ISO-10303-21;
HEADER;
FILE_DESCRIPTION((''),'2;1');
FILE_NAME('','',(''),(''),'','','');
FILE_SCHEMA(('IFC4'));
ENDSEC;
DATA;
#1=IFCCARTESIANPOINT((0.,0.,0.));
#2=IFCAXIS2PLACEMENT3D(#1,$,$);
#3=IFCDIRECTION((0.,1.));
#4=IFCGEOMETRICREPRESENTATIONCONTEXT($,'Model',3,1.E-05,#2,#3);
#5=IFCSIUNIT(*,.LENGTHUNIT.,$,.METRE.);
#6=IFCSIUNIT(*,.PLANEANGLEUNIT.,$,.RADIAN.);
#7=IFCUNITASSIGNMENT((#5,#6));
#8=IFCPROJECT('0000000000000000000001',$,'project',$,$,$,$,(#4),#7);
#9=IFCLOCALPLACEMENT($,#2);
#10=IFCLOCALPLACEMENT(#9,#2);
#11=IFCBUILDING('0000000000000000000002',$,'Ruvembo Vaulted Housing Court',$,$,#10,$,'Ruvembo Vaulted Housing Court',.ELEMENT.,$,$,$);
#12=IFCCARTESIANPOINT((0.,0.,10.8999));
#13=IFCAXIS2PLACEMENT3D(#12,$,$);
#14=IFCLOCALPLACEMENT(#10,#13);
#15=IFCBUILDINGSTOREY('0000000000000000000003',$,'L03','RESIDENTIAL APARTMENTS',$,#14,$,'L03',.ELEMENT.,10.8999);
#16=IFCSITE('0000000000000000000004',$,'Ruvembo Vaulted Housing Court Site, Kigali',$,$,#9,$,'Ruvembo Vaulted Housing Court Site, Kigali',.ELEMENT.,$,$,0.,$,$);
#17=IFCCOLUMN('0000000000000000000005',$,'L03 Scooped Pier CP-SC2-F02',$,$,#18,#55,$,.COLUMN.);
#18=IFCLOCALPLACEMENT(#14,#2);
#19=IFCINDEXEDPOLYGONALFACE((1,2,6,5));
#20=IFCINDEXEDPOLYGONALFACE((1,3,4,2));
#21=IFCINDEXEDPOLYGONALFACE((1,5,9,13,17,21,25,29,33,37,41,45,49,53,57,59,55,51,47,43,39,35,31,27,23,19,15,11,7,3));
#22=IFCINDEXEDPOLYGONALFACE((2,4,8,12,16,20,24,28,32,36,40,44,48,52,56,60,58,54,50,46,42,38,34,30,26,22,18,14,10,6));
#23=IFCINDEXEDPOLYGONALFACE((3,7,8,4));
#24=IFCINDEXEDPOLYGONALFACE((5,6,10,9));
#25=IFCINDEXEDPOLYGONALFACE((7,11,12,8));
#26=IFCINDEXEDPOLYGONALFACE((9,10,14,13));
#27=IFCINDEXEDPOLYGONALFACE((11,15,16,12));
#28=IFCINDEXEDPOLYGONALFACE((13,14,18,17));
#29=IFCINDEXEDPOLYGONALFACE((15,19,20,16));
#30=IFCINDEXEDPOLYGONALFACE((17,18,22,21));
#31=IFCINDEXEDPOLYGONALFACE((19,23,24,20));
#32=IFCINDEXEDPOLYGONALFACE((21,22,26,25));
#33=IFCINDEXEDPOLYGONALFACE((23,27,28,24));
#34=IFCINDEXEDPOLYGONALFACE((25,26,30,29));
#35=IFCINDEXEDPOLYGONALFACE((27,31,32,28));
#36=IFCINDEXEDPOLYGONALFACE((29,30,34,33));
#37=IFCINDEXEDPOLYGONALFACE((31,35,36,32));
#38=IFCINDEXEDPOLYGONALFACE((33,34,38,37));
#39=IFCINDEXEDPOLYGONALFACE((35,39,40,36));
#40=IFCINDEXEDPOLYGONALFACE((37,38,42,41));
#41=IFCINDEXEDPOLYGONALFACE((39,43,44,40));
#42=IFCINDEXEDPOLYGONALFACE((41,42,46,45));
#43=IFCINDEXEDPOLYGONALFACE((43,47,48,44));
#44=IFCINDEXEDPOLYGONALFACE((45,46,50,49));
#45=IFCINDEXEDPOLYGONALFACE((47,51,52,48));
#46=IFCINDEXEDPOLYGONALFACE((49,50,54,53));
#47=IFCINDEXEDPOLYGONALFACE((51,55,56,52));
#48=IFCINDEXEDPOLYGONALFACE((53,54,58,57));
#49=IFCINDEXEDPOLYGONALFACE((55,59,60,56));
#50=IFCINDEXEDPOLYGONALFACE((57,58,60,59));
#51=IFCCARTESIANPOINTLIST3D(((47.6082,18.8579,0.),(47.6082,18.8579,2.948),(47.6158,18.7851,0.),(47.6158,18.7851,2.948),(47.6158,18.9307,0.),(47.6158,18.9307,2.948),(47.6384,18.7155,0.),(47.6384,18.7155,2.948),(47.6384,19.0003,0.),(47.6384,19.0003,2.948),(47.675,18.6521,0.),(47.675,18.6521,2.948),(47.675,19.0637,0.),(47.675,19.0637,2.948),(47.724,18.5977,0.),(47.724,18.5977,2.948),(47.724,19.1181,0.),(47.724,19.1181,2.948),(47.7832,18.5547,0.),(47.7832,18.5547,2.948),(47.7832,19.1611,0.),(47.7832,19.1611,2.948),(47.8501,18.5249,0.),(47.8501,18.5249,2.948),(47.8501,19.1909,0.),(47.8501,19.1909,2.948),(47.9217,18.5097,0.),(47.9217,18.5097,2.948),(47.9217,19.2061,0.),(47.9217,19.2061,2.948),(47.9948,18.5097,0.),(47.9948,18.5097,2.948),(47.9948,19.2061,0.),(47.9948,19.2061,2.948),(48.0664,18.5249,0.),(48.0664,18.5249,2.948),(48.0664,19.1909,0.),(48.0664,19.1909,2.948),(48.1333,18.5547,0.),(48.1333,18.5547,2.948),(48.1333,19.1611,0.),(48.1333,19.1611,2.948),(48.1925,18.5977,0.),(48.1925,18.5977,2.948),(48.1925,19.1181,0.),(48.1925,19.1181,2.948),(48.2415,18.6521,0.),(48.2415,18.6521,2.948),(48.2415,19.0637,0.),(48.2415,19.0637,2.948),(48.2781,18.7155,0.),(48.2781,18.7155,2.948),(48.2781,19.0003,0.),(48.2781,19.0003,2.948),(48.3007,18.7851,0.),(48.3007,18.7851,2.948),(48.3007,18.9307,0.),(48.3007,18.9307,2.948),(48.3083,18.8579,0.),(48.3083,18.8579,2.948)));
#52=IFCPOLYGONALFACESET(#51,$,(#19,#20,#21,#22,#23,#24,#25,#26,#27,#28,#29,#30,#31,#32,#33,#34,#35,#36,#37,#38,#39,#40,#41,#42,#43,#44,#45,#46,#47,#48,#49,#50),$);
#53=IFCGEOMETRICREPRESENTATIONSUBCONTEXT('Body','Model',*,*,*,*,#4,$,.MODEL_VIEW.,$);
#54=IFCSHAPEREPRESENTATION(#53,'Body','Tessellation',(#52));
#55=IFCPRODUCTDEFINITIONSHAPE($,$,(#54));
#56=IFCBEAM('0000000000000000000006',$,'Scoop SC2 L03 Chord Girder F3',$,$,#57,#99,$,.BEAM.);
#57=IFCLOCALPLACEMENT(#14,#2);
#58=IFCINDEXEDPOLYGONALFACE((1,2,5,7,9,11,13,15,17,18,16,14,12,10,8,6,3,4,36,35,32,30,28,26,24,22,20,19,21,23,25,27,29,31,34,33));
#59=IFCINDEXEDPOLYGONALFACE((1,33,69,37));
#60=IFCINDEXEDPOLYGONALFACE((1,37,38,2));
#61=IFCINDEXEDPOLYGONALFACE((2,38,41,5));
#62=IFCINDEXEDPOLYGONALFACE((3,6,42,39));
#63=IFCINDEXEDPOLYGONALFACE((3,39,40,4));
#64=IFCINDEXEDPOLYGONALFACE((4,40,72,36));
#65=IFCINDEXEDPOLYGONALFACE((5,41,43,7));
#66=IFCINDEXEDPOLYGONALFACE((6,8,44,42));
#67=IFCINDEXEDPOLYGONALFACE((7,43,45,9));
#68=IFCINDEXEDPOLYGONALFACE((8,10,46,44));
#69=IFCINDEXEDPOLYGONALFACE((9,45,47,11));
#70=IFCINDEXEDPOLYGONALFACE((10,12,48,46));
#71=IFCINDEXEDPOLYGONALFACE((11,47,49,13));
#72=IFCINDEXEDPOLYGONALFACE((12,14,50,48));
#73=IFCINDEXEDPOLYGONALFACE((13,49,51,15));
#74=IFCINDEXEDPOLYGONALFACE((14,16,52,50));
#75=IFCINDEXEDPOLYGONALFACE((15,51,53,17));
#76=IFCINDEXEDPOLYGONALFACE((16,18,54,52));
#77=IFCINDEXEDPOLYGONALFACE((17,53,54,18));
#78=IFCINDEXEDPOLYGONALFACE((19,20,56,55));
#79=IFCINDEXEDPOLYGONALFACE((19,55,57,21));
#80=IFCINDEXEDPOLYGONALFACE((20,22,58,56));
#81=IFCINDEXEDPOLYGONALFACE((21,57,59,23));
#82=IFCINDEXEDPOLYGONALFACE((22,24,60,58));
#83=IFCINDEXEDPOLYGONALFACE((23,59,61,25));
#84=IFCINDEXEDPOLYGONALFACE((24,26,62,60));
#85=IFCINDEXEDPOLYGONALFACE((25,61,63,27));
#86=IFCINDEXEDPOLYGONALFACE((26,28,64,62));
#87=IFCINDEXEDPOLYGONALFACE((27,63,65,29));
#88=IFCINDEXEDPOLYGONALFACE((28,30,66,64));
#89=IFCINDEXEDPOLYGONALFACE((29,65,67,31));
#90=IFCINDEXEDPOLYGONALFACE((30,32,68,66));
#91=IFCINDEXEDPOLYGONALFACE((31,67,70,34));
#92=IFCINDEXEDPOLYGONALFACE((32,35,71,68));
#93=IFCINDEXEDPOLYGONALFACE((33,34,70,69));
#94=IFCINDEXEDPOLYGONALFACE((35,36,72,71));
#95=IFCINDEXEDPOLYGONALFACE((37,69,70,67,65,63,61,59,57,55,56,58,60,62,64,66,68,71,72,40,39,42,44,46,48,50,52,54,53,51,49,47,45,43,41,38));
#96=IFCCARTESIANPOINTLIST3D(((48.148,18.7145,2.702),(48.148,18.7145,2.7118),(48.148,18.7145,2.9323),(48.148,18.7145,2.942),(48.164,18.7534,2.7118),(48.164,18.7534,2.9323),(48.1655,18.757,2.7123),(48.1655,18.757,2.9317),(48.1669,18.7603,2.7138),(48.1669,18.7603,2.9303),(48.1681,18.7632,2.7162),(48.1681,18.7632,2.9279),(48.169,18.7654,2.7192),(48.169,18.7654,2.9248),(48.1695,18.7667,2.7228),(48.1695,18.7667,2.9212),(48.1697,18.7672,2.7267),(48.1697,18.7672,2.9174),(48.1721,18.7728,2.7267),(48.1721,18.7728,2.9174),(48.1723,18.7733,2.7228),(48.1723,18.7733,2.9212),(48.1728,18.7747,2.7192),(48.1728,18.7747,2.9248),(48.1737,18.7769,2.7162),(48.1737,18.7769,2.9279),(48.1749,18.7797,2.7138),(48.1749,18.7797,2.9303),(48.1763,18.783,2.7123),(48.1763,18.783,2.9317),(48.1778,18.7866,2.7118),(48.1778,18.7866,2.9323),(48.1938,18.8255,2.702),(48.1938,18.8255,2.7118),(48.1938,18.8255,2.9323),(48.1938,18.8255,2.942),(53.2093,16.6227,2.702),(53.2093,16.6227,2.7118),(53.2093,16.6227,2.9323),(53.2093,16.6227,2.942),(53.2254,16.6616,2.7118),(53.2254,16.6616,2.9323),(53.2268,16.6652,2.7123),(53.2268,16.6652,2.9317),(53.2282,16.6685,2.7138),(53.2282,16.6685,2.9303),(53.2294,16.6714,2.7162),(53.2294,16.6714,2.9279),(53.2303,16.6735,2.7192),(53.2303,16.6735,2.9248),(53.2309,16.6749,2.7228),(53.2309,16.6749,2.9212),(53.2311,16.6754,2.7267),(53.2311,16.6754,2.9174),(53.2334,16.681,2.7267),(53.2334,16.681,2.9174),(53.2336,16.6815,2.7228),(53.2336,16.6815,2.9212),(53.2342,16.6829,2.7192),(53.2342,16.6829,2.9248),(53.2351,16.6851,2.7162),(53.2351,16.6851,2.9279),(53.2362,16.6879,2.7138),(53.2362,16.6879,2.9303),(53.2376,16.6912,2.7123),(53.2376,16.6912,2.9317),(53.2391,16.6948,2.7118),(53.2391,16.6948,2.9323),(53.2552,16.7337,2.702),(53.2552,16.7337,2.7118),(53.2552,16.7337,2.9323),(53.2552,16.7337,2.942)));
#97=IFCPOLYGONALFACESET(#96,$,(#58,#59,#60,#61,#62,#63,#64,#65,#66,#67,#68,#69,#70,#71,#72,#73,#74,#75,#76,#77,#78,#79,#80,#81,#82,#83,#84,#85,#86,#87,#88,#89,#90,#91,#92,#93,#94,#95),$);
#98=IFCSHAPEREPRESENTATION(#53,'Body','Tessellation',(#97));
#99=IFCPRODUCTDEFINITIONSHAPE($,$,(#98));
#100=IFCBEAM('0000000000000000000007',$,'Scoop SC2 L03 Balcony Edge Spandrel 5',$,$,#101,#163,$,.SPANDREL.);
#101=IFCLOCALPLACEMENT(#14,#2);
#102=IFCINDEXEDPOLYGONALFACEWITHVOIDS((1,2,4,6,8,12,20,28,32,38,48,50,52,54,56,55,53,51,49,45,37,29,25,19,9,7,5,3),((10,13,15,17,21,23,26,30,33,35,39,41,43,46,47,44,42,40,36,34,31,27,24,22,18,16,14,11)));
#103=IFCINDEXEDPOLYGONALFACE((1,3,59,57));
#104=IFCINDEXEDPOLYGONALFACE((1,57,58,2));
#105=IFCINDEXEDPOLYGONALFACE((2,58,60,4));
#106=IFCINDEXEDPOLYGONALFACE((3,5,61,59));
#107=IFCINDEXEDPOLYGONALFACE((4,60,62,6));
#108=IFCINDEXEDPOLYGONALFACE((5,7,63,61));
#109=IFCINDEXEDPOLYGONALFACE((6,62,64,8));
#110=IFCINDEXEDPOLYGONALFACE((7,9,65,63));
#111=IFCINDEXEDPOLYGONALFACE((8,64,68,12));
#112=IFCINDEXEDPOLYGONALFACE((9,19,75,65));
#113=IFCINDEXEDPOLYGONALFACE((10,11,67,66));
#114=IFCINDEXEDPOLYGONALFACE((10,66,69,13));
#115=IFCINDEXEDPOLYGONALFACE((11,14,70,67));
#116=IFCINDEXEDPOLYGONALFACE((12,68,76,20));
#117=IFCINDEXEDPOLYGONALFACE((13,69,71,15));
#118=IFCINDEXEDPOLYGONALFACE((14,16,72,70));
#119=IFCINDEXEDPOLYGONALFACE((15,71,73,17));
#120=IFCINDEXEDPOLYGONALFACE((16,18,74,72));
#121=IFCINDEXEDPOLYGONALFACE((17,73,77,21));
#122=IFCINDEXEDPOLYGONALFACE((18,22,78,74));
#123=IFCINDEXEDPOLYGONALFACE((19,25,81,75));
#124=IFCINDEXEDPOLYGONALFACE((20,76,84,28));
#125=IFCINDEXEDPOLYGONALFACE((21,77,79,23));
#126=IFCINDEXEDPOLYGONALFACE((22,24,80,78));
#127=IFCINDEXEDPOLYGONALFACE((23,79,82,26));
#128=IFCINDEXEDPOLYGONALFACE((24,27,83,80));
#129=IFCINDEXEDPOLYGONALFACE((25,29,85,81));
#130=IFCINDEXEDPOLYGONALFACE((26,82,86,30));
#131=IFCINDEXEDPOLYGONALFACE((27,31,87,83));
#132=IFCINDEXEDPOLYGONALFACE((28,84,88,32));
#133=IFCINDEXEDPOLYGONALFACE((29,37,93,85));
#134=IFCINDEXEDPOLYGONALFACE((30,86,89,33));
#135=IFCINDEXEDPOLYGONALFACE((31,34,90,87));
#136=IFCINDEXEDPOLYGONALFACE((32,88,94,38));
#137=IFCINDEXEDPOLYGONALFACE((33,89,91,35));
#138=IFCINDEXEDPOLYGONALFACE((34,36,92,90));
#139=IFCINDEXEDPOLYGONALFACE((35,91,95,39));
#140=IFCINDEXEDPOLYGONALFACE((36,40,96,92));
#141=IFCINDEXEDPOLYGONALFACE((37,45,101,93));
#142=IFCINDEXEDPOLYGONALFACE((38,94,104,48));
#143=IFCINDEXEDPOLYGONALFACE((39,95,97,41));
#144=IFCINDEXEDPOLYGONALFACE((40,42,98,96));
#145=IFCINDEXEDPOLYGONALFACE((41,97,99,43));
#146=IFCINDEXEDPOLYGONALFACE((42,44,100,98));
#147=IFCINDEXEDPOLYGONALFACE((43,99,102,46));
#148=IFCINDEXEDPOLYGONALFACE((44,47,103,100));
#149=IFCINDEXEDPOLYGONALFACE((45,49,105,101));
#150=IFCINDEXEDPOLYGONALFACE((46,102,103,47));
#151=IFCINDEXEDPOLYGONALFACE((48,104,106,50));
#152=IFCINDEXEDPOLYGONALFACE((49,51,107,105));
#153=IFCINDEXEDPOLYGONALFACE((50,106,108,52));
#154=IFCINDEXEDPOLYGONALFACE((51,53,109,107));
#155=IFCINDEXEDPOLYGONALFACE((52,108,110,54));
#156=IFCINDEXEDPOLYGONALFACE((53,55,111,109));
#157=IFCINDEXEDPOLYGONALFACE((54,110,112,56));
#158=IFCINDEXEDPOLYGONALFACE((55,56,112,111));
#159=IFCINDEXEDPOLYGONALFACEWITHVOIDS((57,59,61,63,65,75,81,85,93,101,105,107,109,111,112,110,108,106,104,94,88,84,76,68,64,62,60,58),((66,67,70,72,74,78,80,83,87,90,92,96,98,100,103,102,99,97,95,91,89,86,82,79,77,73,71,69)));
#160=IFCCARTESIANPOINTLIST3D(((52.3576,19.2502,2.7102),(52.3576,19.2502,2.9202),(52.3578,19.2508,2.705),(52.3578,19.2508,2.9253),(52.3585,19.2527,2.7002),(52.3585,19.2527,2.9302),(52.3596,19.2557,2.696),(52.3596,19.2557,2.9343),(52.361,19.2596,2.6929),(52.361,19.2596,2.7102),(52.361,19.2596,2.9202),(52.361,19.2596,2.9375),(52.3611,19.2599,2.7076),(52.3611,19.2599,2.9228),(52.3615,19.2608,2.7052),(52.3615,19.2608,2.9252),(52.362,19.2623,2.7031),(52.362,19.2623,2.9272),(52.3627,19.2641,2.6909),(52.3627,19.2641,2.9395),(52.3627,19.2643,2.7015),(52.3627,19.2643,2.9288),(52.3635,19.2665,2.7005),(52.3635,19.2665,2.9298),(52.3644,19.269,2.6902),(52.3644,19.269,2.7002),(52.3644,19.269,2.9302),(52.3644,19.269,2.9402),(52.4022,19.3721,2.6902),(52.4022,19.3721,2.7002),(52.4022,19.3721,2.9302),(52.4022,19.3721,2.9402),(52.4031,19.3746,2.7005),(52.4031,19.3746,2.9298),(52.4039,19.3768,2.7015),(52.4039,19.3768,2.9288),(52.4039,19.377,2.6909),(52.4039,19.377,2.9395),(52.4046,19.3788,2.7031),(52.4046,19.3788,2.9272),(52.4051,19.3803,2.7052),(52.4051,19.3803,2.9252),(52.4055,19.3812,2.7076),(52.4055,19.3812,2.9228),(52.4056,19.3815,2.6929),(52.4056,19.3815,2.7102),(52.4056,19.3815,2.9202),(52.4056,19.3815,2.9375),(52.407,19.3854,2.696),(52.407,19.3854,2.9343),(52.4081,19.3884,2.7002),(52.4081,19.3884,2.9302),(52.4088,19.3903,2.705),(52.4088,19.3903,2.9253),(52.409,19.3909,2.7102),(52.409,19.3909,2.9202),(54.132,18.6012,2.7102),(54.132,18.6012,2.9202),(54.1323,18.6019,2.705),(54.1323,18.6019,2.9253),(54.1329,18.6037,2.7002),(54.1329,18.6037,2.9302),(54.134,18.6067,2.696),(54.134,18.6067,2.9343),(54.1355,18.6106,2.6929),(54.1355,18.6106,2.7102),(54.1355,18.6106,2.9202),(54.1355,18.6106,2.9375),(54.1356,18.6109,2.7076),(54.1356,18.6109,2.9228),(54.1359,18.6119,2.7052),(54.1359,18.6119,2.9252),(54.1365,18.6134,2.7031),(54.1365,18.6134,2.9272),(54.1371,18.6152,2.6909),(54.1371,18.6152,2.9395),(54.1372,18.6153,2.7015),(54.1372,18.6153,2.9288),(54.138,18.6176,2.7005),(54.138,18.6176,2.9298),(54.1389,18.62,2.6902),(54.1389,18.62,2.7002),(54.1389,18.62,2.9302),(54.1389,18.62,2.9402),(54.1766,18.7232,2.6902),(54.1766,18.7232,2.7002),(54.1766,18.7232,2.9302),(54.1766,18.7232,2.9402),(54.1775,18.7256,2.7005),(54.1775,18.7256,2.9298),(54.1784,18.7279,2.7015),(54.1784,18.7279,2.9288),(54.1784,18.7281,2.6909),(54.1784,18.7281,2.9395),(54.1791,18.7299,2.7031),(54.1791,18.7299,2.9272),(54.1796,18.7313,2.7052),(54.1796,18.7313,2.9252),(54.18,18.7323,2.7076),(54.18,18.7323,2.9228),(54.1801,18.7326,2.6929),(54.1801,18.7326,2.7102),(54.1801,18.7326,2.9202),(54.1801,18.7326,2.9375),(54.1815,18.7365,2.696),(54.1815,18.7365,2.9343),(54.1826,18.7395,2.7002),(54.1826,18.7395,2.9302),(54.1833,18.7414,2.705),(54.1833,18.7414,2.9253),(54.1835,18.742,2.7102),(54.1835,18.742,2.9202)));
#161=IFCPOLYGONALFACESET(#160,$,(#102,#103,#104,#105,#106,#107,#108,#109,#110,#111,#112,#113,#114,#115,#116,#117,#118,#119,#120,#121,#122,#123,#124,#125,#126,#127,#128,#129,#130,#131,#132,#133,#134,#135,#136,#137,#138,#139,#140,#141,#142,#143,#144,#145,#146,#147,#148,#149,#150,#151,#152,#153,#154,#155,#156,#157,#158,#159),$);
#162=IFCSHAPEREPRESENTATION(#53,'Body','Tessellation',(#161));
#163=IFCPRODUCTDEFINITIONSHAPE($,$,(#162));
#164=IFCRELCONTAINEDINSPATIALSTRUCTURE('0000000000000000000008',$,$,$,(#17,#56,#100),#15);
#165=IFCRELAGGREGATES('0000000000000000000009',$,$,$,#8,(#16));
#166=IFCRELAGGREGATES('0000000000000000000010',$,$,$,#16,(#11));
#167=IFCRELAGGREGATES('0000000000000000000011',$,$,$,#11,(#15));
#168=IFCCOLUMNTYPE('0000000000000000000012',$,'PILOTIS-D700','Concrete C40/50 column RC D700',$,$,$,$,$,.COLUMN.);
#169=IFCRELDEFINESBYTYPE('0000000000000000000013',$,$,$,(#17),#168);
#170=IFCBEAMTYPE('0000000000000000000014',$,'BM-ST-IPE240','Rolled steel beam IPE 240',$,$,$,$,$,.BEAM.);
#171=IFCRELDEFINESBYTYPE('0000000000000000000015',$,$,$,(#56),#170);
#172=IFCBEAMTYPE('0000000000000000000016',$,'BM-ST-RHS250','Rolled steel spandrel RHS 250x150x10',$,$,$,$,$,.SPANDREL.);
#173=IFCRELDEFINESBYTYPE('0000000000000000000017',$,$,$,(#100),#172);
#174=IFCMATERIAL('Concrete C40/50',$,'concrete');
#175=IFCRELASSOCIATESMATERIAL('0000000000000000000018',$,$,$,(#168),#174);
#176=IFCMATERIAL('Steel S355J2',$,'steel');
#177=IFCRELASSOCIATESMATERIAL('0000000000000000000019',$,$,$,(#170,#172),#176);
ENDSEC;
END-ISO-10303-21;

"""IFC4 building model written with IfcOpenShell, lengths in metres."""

from ifc_helpers import new_model, si_unit, direction, frame, origin, origin_2d, place, context, subcontext, project, spatial, hollow_rectangle, circle, i_section, extrude, material, material_profile, profile_set, type_object, element, save


model = new_model("IFC4")

# Units and contexts
model_context = context("Model", 3, precision=1e-05, world=origin(), true_north=direction((0.0, 1.0)))
body_context = subcontext(model_context, "Body", "Model", "MODEL_VIEW")
ifc_project = project(units=[si_unit("LENGTHUNIT", "METRE"), si_unit("PLANEANGLEUNIT", "RADIAN")], contexts=[model_context])

# Site, building, storey
site_placement = place(None, origin())
site = spatial("IfcSite", under=ifc_project, at=site_placement, Name="Ruvembo Vaulted Housing Court Site, Kigali", LongName="Ruvembo Vaulted Housing Court Site, Kigali", CompositionType="ELEMENT", RefElevation=0.0)
building_placement = place(site_placement, origin())
building = spatial("IfcBuilding", under=site, at=building_placement, Name="Ruvembo Vaulted Housing Court", LongName="Ruvembo Vaulted Housing Court", CompositionType="ELEMENT")
storey_placement = place(building_placement, frame((0.0, 0.0, 10.8999)))
storey = spatial("IfcBuildingStorey", under=building, at=storey_placement, Name="L03", Description="RESIDENTIAL APARTMENTS", LongName="L03", CompositionType="ELEMENT", Elevation=10.8999)

# Column
ifc_material_1 = material(Name="Concrete C40/50", Category="concrete")
ifc_material_profile_1 = material_profile(ifc_material_1, circle(Radius=0.3501, at=origin_2d()), Name="RC D700")
ifc_profile_set_1 = profile_set([ifc_material_profile_1], Name="Concrete C40/50")
column_type = type_object("IfcColumnType", Name="PILOTIS-D700", Description="Concrete C40/50 column RC D700", PredefinedType="COLUMN", material=ifc_profile_set_1)
column_placement = place(storey_placement, frame((47.9583, 18.8579, 0.0), z_axis=(0.0, 0.0, 1.0), x_axis=(1.0, 0.0, 0.0)))
element("IfcColumn", 1, at=column_placement, inside=storey, type_object=column_type, Name="L03 Scooped Pier CP-SC2-F02", PredefinedType="COLUMN", context=body_context, shape_type="SweptSolid", body=[
    extrude(circle(Radius=0.3501, at=origin_2d()), origin(), (0.0, 0.0, 1.0), 2.948),
])

# Beams
ifc_material_2 = material(Name="Steel S355J2", Category="steel")
ifc_material_profile_2 = material_profile(ifc_material_2, i_section(OverallWidth=0.1201, OverallDepth=0.24, WebThickness=0.0061, FlangeThickness=0.0098, FilletRadius=0.0149, at=origin_2d()), Name="IPE 240")
ifc_profile_set_2 = profile_set([ifc_material_profile_2], Name="Steel S355J2")
beam_type_1 = type_object("IfcBeamType", Name="BM-ST-IPE240", Description="Rolled steel beam IPE 240", PredefinedType="BEAM", material=ifc_profile_set_2)
beam_1_placement = place(storey_placement, frame((48.1709, 18.77, 2.822), z_axis=(0.92418, -0.381958, 0.0), x_axis=(0.381958, 0.92418, 0.0)))
element("IfcBeam", 2, at=beam_1_placement, inside=storey, type_object=beam_type_1, Name="Scoop SC2 L03 Chord Girder F3", PredefinedType="BEAM", context=body_context, shape_type="SweptSolid", body=[
    extrude(i_section(OverallWidth=0.1201, OverallDepth=0.24, WebThickness=0.0061, FlangeThickness=0.0098, FilletRadius=0.0149, at=origin_2d()), origin(), (0.0, 0.0, 1.0), 5.4766),
])
ifc_material_profile_3 = material_profile(ifc_material_2, hollow_rectangle(XDim=0.1499, YDim=0.25, WallThickness=0.01, InnerFilletRadius=0.01, OuterFilletRadius=0.02, at=origin_2d()), Name="RHS 250x150x10")
ifc_profile_set_3 = profile_set([ifc_material_profile_3], Name="Steel S355J2")
beam_type_2 = type_object("IfcBeamType", Name="BM-ST-RHS250", Description="Rolled steel spandrel RHS 250x150x10", PredefinedType="SPANDREL", material=ifc_profile_set_3)
beam_2_placement = place(storey_placement, frame((52.3833, 19.3206, 2.8152), z_axis=(0.939166, -0.343465, 0.0), x_axis=(0.343465, 0.939166, 0.0)))
element("IfcBeam", 3, at=beam_2_placement, inside=storey, type_object=beam_type_2, Name="Scoop SC2 L03 Balcony Edge Spandrel 5", PredefinedType="SPANDREL", context=body_context, shape_type="SweptSolid", body=[
    extrude(hollow_rectangle(XDim=0.1499, YDim=0.25, WallThickness=0.01, InnerFilletRadius=0.01, OuterFilletRadius=0.02, at=origin_2d()), origin(), (0.0, 0.0, 1.0), 1.8894),
])

save(model, "model.ifc")
